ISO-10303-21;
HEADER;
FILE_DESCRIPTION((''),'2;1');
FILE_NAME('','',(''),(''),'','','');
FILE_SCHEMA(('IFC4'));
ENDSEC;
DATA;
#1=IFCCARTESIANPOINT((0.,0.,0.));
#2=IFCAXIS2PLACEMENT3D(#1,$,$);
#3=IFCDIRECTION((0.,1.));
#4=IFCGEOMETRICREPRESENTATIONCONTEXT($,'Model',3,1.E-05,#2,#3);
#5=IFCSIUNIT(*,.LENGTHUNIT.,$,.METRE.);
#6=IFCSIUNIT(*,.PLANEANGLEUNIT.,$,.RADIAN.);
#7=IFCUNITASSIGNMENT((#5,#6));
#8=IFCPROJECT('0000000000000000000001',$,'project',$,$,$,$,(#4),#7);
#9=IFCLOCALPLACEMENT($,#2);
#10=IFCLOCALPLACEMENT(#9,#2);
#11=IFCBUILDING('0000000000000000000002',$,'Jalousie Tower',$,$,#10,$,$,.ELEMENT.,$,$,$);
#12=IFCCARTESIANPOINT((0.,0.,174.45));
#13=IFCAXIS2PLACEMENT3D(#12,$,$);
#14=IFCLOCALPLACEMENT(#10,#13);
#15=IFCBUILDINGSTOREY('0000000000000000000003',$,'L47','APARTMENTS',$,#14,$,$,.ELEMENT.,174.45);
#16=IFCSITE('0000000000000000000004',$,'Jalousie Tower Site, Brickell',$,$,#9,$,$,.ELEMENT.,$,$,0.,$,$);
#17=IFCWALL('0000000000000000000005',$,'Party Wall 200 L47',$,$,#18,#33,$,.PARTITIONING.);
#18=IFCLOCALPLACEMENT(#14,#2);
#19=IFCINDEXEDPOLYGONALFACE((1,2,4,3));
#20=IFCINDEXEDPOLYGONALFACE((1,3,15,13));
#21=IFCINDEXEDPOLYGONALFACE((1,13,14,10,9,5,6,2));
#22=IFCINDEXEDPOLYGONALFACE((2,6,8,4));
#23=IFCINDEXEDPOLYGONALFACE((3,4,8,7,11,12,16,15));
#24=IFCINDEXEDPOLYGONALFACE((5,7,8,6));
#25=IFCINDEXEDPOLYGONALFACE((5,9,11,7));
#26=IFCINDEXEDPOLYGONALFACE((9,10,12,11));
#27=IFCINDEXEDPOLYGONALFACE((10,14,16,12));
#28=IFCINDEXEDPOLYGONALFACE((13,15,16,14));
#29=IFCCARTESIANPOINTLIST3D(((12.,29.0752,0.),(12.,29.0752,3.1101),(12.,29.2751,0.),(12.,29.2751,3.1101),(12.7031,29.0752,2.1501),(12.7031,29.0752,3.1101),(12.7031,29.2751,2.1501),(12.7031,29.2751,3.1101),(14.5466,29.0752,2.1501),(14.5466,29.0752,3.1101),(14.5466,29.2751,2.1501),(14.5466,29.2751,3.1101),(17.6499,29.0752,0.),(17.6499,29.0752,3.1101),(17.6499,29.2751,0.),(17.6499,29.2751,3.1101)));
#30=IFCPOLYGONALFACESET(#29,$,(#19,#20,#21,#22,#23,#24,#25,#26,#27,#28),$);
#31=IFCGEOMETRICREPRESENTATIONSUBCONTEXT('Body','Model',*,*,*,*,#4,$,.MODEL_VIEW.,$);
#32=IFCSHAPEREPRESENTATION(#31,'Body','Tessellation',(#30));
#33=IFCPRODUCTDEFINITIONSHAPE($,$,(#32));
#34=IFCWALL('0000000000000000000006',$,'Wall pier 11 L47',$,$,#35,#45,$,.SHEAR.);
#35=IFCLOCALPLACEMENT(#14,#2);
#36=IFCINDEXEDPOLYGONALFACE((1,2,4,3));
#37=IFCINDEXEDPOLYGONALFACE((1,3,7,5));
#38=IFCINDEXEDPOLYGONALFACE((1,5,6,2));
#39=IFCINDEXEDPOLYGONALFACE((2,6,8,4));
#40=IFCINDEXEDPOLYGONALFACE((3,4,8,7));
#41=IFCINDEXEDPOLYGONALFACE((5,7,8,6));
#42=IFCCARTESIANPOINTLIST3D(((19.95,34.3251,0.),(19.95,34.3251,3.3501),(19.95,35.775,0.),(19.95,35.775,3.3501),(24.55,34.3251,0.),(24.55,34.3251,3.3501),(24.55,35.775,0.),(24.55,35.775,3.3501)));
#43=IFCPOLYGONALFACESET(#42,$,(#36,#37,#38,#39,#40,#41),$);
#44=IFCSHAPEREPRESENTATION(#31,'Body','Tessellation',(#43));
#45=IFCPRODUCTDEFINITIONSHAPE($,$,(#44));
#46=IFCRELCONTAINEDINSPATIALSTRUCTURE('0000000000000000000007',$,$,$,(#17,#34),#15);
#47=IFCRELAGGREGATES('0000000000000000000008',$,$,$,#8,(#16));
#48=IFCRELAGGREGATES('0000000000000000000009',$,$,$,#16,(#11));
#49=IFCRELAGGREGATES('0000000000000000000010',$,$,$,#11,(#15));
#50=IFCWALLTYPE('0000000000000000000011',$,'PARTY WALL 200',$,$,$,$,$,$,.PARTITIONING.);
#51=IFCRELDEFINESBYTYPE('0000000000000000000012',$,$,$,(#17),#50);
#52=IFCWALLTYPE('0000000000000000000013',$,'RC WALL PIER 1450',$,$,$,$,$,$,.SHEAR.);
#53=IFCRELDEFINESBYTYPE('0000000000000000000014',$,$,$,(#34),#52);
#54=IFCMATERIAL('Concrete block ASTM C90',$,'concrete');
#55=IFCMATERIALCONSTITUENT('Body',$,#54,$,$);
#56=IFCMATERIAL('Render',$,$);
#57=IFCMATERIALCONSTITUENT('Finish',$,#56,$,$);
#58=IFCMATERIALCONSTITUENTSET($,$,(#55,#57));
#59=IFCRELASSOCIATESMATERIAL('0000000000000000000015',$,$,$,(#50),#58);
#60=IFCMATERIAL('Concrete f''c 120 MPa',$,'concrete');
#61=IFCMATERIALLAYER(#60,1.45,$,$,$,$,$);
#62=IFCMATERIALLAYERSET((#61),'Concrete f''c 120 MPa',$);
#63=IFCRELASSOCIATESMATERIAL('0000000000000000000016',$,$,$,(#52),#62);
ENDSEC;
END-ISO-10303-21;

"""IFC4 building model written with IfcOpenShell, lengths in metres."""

from ifc_helpers import new_model, si_unit, direction, frame, frame_2d, origin, place, context, subcontext, project, spatial, polyline, rectangle, outline, extrude, material, layer, layer_set, constituent, constituent_set, type_object, element, save


model = new_model("IFC4")

# Units and contexts
model_context = context("Model", 3, precision=1e-05, world=origin(), true_north=direction((0.0, 1.0)))
body_context = subcontext(model_context, "Body", "Model", "MODEL_VIEW")
ifc_project = project(units=[si_unit("LENGTHUNIT", "METRE"), si_unit("PLANEANGLEUNIT", "RADIAN")], contexts=[model_context])

# Site, building, storey
site_placement = place(None, origin())
site = spatial("IfcSite", under=ifc_project, at=site_placement, Name="Jalousie Tower Site, Brickell", CompositionType="ELEMENT", RefElevation=0.0)
building_placement = place(site_placement, origin())
building = spatial("IfcBuilding", under=site, at=building_placement, Name="Jalousie Tower", CompositionType="ELEMENT")
storey_placement = place(building_placement, frame((0.0, 0.0, 174.45)))
storey = spatial("IfcBuildingStorey", under=building, at=storey_placement, Name="L47", Description="APARTMENTS", CompositionType="ELEMENT", Elevation=174.45)

# Walls
ifc_material_1 = material(Name="Concrete block ASTM C90", Category="concrete")
ifc_constituent_1 = constituent(ifc_material_1, Name="Body")
ifc_material_2 = material(Name="Render")
ifc_constituent_2 = constituent(ifc_material_2, Name="Finish")
ifc_constituent_set_1 = constituent_set(constituents=[ifc_constituent_1, ifc_constituent_2])
wall_type_1 = type_object("IfcWallType", Name="PARTY WALL 200", PredefinedType="PARTITIONING", material=ifc_constituent_set_1)
wall_1_placement = place(storey_placement, frame((12.0, 29.175, 0.0), z_axis=(0.0, 0.0, 1.0), x_axis=(1.0, 0.0, 0.0)))
element("IfcWall", 1, at=wall_1_placement, inside=storey, type_object=wall_type_1, Name="Party Wall 200 L47", PredefinedType="PARTITIONING", context=body_context, shape_type="SweptSolid", body=[
    extrude(outline(polyline([(0.0, 0.0), (5.6499, 0.0), (5.6499, 3.1101), (2.5466, 3.1101), (2.5466, 2.1501), (0.7031, 2.1501), (0.7031, 3.1101), (0.0, 3.1101), (0.0, 0.0)])), frame((0.0, 0.1001, 0.0), z_axis=(0.0, -1.0, 0.0), x_axis=(1.0, 0.0, 0.0)), (0.0, 0.0, 1.0), 0.2),
])
ifc_material_3 = material(Name="Concrete f'c 120 MPa", Category="concrete")
ifc_layer_1 = layer(ifc_material_3, 1.45)
ifc_layer_set_1 = layer_set([ifc_layer_1], Name="Concrete f'c 120 MPa")
wall_type_2 = type_object("IfcWallType", Name="RC WALL PIER 1450", PredefinedType="SHEAR", material=ifc_layer_set_1)
wall_2_placement = place(storey_placement, frame((19.95, 35.05, 0.0), z_axis=(0.0, 0.0, 1.0), x_axis=(1.0, 0.0, 0.0)))
element("IfcWall", 2, at=wall_2_placement, inside=storey, type_object=wall_type_2, Name="Wall pier 11 L47", PredefinedType="SHEAR", context=body_context, shape_type="SweptSolid", body=[
    extrude(rectangle(XDim=4.6001, YDim=1.45, at=frame_2d((2.3, 0.0))), origin(), (0.0, 0.0, 1.0), 3.3501),
])

save(model, "model.ifc")
